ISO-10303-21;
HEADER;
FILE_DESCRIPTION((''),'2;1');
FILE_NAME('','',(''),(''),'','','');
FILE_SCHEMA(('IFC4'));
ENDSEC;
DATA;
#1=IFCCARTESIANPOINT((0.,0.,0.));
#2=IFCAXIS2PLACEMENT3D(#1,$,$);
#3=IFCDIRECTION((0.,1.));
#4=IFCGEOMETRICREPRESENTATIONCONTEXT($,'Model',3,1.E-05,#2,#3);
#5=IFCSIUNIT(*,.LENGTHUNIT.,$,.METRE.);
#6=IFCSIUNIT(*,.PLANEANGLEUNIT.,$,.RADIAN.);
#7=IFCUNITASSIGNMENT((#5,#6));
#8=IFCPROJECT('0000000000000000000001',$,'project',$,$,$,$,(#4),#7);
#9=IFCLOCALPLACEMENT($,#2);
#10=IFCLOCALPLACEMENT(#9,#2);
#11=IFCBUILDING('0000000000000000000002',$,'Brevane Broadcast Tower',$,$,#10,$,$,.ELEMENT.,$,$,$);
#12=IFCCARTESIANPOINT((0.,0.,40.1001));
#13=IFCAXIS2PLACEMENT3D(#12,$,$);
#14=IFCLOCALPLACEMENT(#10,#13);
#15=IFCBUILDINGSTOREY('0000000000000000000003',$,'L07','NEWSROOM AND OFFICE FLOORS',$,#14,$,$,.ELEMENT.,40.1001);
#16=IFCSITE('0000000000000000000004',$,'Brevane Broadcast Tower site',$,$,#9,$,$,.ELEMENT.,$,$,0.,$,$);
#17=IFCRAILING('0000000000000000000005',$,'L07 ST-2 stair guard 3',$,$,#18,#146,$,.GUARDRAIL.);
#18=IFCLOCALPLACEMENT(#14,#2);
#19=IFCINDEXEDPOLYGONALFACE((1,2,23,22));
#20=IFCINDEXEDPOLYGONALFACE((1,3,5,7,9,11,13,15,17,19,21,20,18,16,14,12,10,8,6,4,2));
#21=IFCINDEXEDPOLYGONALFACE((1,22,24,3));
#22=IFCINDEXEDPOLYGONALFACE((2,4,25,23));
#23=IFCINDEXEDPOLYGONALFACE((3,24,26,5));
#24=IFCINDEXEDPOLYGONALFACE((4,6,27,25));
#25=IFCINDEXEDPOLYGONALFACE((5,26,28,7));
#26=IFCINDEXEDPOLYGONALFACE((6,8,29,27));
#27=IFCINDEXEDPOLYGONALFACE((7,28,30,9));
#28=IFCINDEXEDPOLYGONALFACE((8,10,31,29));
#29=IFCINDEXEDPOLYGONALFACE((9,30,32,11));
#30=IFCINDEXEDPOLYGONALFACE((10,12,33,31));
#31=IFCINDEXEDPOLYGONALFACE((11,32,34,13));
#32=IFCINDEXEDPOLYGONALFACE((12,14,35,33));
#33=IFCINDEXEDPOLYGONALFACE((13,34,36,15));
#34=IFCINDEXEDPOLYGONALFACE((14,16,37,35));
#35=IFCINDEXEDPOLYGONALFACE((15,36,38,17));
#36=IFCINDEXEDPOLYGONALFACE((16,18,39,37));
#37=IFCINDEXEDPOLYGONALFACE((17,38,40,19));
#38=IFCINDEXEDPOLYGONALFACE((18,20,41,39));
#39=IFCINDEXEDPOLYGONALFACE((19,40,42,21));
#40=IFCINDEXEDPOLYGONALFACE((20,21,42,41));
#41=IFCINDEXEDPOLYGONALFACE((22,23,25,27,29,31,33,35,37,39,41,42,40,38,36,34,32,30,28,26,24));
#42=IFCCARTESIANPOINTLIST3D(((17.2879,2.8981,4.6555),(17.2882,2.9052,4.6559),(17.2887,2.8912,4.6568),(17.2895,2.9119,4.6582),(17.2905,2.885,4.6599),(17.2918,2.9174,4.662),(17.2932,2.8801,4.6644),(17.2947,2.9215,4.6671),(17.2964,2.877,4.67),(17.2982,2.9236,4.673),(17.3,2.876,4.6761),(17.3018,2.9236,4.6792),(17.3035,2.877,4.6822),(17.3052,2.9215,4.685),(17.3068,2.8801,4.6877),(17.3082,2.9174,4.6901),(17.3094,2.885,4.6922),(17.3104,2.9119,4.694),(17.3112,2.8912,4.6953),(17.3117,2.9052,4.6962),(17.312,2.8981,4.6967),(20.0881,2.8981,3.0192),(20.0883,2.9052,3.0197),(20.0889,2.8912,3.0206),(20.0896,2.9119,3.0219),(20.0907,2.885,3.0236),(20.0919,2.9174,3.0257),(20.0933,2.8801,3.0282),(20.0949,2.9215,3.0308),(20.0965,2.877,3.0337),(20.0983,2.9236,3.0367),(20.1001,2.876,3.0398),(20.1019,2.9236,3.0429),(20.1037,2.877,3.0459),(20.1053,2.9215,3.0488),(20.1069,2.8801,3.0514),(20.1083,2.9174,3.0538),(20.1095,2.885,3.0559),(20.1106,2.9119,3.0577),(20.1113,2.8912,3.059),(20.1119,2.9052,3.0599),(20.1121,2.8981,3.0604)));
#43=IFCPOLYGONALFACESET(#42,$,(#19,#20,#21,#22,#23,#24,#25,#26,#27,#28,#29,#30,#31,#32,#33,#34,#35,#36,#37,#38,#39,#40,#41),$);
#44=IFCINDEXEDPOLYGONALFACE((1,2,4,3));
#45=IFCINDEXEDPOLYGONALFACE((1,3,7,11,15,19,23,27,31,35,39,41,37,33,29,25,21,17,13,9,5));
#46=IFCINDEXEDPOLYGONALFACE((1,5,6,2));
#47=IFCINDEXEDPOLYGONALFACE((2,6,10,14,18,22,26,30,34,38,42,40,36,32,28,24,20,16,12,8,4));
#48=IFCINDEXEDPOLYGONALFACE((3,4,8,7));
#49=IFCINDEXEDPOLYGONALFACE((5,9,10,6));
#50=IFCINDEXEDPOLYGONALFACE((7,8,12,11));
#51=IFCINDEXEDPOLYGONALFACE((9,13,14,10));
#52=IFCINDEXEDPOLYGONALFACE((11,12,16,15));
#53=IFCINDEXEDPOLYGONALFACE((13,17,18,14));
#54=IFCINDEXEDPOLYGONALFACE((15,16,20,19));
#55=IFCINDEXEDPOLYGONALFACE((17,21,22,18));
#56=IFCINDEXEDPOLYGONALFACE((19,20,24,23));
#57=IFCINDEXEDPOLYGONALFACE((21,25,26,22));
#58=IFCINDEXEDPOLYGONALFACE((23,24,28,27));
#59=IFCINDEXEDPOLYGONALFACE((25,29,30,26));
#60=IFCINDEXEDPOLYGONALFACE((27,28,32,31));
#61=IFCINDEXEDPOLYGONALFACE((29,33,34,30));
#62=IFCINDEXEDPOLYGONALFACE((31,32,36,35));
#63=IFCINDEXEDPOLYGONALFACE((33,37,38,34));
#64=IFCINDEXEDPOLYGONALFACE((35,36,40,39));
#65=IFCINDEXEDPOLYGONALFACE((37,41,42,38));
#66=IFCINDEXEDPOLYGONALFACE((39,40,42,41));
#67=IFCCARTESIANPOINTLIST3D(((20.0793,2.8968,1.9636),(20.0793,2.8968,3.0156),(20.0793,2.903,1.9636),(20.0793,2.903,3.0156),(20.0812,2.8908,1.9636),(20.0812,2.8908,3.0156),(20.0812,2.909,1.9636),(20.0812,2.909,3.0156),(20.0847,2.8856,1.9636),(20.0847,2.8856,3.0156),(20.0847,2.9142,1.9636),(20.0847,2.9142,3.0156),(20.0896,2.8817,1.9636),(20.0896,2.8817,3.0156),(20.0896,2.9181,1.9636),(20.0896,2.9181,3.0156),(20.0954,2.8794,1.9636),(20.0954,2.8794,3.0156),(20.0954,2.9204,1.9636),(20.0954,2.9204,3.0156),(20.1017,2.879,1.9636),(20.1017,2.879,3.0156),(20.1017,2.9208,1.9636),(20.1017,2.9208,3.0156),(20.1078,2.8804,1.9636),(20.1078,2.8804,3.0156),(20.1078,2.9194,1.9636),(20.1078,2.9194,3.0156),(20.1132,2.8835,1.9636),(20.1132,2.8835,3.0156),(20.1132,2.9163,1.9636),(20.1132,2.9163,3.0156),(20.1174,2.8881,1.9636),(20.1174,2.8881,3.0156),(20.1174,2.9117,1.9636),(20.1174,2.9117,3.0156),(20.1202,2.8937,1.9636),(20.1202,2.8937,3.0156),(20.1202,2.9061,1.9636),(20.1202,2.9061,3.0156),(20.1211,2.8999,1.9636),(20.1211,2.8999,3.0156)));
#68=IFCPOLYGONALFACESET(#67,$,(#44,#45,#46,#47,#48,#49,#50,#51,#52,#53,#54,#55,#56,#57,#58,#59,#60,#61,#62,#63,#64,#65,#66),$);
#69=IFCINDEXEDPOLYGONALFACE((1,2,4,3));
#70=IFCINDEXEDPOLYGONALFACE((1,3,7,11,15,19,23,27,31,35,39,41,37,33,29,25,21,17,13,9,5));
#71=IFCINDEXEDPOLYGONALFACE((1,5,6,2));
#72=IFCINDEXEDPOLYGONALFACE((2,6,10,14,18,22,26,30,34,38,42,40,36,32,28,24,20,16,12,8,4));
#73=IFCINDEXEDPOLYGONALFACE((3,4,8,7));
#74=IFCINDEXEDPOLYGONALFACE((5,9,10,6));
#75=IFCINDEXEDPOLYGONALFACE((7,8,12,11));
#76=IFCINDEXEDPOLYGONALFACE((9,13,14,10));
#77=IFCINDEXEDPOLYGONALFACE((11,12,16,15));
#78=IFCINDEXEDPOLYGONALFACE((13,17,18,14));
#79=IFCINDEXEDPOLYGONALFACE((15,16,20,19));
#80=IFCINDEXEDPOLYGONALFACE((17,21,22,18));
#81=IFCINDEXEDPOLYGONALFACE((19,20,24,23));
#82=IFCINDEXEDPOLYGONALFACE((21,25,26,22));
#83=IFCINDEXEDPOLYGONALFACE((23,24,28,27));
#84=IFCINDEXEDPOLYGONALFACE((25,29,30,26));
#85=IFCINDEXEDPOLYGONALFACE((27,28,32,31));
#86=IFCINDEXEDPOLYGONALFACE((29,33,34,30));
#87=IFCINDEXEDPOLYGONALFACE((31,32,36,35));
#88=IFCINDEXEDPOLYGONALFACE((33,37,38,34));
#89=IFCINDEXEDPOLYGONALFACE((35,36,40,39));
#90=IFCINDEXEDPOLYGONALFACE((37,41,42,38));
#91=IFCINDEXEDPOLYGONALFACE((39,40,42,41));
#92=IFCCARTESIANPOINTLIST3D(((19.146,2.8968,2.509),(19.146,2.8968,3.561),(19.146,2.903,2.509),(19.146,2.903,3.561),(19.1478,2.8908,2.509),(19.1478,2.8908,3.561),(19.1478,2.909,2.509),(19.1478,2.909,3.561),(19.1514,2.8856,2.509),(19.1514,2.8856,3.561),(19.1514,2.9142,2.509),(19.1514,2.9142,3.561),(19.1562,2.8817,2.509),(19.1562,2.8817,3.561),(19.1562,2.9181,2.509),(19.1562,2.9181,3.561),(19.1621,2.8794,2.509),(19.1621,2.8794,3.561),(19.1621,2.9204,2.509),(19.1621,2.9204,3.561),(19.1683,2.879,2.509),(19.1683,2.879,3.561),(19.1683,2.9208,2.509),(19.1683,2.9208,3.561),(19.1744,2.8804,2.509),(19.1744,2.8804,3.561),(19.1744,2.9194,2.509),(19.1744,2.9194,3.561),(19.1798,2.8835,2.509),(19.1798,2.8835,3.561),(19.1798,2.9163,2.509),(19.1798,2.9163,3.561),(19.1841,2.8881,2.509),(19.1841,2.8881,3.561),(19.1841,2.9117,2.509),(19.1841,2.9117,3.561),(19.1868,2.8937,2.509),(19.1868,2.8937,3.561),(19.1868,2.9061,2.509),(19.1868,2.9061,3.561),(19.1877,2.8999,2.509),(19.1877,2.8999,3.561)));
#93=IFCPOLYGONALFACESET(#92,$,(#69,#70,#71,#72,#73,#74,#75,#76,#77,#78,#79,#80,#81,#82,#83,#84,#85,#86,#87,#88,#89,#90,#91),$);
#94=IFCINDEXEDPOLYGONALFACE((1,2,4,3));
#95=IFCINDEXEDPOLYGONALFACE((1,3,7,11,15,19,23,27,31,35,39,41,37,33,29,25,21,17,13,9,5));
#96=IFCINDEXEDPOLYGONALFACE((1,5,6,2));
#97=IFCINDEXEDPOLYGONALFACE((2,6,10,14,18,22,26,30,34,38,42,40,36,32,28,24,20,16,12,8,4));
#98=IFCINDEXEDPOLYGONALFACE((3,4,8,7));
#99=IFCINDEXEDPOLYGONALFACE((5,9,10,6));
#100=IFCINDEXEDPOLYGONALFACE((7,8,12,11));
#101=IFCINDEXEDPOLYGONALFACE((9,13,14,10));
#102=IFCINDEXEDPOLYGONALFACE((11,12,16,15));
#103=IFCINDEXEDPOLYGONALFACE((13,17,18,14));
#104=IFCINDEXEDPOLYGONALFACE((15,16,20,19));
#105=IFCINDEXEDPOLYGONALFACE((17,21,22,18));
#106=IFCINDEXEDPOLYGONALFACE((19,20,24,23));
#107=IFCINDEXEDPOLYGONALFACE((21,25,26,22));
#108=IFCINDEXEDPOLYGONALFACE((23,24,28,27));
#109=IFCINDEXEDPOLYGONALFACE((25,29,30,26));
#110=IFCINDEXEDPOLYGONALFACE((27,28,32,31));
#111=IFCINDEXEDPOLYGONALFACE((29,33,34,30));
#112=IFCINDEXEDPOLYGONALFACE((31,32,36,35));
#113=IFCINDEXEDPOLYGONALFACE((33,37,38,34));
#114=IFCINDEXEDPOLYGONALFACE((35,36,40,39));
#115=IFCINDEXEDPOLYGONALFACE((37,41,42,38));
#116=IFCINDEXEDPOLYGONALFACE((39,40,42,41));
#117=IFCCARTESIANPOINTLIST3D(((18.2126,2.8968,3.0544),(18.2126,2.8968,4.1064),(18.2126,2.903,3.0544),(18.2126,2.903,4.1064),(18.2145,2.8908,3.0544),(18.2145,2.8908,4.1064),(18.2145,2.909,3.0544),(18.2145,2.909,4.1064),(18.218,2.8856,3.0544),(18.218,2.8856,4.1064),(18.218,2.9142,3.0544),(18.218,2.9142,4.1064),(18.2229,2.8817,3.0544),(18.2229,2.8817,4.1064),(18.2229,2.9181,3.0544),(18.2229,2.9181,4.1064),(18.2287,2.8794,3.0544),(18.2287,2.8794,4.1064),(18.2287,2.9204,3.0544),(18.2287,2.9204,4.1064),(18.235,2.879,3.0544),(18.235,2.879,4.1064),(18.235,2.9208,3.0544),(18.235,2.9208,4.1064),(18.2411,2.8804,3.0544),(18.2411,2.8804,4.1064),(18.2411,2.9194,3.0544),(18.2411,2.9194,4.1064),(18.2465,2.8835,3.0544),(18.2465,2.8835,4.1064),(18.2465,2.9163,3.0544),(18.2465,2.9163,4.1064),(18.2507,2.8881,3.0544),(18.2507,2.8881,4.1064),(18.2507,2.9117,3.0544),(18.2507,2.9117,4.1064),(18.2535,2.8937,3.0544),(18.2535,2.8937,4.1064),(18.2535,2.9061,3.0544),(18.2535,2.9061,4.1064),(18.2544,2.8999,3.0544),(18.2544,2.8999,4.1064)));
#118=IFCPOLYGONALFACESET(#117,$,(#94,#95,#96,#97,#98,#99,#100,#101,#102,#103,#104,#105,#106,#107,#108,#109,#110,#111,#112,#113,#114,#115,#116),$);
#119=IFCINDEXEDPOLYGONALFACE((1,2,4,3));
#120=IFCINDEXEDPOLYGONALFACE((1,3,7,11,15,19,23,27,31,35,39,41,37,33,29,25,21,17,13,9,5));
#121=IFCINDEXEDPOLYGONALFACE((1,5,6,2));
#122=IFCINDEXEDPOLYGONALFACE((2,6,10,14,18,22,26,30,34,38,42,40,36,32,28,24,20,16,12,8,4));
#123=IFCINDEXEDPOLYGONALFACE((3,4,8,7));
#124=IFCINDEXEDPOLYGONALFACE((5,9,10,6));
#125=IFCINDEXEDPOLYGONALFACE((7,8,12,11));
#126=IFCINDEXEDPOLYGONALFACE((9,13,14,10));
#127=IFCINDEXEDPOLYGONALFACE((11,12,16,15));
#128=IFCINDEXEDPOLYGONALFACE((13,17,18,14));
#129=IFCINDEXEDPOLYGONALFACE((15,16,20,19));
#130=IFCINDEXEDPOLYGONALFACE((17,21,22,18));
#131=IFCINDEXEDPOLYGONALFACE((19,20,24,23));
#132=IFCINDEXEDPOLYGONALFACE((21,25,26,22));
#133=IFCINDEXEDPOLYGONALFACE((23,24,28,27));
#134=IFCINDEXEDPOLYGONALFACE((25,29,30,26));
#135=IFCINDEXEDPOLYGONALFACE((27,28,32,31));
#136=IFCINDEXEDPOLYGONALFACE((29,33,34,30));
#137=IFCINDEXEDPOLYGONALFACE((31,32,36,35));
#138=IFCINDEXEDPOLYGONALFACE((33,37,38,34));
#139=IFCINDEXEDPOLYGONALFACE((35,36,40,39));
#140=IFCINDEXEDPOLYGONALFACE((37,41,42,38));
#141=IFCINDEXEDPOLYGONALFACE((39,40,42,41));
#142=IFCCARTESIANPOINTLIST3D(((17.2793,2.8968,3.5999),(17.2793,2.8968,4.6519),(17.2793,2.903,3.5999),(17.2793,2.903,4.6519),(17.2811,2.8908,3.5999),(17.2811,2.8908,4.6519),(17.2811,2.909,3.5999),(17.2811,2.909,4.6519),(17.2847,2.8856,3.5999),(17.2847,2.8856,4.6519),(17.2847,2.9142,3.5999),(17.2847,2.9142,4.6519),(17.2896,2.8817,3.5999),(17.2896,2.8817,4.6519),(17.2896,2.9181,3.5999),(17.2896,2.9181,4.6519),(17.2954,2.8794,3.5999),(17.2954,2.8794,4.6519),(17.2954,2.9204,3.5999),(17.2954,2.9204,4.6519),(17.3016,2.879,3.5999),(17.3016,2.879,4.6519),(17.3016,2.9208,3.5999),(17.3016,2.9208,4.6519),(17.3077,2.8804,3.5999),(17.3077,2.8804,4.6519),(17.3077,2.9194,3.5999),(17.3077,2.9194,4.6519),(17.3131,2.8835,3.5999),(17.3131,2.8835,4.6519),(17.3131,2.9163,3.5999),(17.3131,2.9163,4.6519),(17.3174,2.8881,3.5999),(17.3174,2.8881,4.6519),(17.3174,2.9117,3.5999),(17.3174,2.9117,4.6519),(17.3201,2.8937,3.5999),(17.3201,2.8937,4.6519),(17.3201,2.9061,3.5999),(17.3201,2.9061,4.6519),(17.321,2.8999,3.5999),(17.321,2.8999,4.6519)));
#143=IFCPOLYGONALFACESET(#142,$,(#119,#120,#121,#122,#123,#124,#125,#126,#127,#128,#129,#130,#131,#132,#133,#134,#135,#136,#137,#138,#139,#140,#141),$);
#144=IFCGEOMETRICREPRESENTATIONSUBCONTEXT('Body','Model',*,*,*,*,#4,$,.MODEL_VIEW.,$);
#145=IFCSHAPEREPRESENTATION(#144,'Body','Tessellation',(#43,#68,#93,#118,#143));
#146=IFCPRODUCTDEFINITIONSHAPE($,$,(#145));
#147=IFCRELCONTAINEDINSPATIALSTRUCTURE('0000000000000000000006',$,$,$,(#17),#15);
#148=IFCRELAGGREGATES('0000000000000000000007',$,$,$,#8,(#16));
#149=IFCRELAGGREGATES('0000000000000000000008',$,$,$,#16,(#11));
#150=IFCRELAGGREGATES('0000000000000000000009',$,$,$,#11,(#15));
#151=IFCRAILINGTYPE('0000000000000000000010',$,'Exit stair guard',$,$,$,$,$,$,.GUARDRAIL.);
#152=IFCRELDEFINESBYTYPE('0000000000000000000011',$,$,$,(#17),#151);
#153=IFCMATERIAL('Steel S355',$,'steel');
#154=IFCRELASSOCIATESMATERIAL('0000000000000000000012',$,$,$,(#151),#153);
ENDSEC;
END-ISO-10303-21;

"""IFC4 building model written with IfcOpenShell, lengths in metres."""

from ifc_helpers import new_model, si_unit, direction, frame, origin, origin_2d, place, context, subcontext, project, spatial, circle, extrude, material, type_object, element, save


model = new_model("IFC4")

# Units and contexts
model_context = context("Model", 3, precision=1e-05, world=origin(), true_north=direction((0.0, 1.0)))
body_context = subcontext(model_context, "Body", "Model", "MODEL_VIEW")
ifc_project = project(units=[si_unit("LENGTHUNIT", "METRE"), si_unit("PLANEANGLEUNIT", "RADIAN")], contexts=[model_context])

# Site, building, storey
site_placement = place(None, origin())
site = spatial("IfcSite", under=ifc_project, at=site_placement, Name="Brevane Broadcast Tower site", CompositionType="ELEMENT", RefElevation=0.0)
building_placement = place(site_placement, origin())
building = spatial("IfcBuilding", under=site, at=building_placement, Name="Brevane Broadcast Tower", CompositionType="ELEMENT")
storey_placement = place(building_placement, frame((0.0, 0.0, 40.1001)))
storey = spatial("IfcBuildingStorey", under=building, at=storey_placement, Name="L07", Description="NEWSROOM AND OFFICE FLOORS", CompositionType="ELEMENT", Elevation=40.1001)

# Railing
ifc_material_1 = material(Name="Steel S355", Category="steel")
railing_type_1 = type_object("IfcRailingType", Name="Exit stair guard", PredefinedType="GUARDRAIL", material=ifc_material_1)
railing_1_placement = place(storey_placement, frame((20.1001, 2.8999, 1.9636)))
element("IfcRailing", 1, at=railing_1_placement, inside=storey, type_object=railing_type_1, Name="L07 ST-2 stair guard 3", PredefinedType="GUARDRAIL", context=body_context, shape_type="SweptSolid", body=[
    extrude(circle(Radius=0.0239, at=origin_2d()), frame((0.0, 0.0, 1.0762), z_axis=(-0.863394, 0.0, 0.504531), x_axis=(0.0, -1.0, 0.0)), (0.0, 0.0, 1.0), 3.2432),
    extrude(circle(Radius=0.021, at=origin_2d()), origin(), (0.0, 0.0, 1.0), 1.052),
    extrude(circle(Radius=0.021, at=origin_2d()), frame((-0.9333, 0.0, 0.5454)), (0.0, 0.0, 1.0), 1.052),
    extrude(circle(Radius=0.021, at=origin_2d()), frame((-1.8667, 0.0, 1.0908)), (0.0, 0.0, 1.0), 1.052),
    extrude(circle(Radius=0.021, at=origin_2d()), frame((-2.8, 0.0, 1.6362)), (0.0, 0.0, 1.0), 1.052),
])

save(model, "model.ifc")
